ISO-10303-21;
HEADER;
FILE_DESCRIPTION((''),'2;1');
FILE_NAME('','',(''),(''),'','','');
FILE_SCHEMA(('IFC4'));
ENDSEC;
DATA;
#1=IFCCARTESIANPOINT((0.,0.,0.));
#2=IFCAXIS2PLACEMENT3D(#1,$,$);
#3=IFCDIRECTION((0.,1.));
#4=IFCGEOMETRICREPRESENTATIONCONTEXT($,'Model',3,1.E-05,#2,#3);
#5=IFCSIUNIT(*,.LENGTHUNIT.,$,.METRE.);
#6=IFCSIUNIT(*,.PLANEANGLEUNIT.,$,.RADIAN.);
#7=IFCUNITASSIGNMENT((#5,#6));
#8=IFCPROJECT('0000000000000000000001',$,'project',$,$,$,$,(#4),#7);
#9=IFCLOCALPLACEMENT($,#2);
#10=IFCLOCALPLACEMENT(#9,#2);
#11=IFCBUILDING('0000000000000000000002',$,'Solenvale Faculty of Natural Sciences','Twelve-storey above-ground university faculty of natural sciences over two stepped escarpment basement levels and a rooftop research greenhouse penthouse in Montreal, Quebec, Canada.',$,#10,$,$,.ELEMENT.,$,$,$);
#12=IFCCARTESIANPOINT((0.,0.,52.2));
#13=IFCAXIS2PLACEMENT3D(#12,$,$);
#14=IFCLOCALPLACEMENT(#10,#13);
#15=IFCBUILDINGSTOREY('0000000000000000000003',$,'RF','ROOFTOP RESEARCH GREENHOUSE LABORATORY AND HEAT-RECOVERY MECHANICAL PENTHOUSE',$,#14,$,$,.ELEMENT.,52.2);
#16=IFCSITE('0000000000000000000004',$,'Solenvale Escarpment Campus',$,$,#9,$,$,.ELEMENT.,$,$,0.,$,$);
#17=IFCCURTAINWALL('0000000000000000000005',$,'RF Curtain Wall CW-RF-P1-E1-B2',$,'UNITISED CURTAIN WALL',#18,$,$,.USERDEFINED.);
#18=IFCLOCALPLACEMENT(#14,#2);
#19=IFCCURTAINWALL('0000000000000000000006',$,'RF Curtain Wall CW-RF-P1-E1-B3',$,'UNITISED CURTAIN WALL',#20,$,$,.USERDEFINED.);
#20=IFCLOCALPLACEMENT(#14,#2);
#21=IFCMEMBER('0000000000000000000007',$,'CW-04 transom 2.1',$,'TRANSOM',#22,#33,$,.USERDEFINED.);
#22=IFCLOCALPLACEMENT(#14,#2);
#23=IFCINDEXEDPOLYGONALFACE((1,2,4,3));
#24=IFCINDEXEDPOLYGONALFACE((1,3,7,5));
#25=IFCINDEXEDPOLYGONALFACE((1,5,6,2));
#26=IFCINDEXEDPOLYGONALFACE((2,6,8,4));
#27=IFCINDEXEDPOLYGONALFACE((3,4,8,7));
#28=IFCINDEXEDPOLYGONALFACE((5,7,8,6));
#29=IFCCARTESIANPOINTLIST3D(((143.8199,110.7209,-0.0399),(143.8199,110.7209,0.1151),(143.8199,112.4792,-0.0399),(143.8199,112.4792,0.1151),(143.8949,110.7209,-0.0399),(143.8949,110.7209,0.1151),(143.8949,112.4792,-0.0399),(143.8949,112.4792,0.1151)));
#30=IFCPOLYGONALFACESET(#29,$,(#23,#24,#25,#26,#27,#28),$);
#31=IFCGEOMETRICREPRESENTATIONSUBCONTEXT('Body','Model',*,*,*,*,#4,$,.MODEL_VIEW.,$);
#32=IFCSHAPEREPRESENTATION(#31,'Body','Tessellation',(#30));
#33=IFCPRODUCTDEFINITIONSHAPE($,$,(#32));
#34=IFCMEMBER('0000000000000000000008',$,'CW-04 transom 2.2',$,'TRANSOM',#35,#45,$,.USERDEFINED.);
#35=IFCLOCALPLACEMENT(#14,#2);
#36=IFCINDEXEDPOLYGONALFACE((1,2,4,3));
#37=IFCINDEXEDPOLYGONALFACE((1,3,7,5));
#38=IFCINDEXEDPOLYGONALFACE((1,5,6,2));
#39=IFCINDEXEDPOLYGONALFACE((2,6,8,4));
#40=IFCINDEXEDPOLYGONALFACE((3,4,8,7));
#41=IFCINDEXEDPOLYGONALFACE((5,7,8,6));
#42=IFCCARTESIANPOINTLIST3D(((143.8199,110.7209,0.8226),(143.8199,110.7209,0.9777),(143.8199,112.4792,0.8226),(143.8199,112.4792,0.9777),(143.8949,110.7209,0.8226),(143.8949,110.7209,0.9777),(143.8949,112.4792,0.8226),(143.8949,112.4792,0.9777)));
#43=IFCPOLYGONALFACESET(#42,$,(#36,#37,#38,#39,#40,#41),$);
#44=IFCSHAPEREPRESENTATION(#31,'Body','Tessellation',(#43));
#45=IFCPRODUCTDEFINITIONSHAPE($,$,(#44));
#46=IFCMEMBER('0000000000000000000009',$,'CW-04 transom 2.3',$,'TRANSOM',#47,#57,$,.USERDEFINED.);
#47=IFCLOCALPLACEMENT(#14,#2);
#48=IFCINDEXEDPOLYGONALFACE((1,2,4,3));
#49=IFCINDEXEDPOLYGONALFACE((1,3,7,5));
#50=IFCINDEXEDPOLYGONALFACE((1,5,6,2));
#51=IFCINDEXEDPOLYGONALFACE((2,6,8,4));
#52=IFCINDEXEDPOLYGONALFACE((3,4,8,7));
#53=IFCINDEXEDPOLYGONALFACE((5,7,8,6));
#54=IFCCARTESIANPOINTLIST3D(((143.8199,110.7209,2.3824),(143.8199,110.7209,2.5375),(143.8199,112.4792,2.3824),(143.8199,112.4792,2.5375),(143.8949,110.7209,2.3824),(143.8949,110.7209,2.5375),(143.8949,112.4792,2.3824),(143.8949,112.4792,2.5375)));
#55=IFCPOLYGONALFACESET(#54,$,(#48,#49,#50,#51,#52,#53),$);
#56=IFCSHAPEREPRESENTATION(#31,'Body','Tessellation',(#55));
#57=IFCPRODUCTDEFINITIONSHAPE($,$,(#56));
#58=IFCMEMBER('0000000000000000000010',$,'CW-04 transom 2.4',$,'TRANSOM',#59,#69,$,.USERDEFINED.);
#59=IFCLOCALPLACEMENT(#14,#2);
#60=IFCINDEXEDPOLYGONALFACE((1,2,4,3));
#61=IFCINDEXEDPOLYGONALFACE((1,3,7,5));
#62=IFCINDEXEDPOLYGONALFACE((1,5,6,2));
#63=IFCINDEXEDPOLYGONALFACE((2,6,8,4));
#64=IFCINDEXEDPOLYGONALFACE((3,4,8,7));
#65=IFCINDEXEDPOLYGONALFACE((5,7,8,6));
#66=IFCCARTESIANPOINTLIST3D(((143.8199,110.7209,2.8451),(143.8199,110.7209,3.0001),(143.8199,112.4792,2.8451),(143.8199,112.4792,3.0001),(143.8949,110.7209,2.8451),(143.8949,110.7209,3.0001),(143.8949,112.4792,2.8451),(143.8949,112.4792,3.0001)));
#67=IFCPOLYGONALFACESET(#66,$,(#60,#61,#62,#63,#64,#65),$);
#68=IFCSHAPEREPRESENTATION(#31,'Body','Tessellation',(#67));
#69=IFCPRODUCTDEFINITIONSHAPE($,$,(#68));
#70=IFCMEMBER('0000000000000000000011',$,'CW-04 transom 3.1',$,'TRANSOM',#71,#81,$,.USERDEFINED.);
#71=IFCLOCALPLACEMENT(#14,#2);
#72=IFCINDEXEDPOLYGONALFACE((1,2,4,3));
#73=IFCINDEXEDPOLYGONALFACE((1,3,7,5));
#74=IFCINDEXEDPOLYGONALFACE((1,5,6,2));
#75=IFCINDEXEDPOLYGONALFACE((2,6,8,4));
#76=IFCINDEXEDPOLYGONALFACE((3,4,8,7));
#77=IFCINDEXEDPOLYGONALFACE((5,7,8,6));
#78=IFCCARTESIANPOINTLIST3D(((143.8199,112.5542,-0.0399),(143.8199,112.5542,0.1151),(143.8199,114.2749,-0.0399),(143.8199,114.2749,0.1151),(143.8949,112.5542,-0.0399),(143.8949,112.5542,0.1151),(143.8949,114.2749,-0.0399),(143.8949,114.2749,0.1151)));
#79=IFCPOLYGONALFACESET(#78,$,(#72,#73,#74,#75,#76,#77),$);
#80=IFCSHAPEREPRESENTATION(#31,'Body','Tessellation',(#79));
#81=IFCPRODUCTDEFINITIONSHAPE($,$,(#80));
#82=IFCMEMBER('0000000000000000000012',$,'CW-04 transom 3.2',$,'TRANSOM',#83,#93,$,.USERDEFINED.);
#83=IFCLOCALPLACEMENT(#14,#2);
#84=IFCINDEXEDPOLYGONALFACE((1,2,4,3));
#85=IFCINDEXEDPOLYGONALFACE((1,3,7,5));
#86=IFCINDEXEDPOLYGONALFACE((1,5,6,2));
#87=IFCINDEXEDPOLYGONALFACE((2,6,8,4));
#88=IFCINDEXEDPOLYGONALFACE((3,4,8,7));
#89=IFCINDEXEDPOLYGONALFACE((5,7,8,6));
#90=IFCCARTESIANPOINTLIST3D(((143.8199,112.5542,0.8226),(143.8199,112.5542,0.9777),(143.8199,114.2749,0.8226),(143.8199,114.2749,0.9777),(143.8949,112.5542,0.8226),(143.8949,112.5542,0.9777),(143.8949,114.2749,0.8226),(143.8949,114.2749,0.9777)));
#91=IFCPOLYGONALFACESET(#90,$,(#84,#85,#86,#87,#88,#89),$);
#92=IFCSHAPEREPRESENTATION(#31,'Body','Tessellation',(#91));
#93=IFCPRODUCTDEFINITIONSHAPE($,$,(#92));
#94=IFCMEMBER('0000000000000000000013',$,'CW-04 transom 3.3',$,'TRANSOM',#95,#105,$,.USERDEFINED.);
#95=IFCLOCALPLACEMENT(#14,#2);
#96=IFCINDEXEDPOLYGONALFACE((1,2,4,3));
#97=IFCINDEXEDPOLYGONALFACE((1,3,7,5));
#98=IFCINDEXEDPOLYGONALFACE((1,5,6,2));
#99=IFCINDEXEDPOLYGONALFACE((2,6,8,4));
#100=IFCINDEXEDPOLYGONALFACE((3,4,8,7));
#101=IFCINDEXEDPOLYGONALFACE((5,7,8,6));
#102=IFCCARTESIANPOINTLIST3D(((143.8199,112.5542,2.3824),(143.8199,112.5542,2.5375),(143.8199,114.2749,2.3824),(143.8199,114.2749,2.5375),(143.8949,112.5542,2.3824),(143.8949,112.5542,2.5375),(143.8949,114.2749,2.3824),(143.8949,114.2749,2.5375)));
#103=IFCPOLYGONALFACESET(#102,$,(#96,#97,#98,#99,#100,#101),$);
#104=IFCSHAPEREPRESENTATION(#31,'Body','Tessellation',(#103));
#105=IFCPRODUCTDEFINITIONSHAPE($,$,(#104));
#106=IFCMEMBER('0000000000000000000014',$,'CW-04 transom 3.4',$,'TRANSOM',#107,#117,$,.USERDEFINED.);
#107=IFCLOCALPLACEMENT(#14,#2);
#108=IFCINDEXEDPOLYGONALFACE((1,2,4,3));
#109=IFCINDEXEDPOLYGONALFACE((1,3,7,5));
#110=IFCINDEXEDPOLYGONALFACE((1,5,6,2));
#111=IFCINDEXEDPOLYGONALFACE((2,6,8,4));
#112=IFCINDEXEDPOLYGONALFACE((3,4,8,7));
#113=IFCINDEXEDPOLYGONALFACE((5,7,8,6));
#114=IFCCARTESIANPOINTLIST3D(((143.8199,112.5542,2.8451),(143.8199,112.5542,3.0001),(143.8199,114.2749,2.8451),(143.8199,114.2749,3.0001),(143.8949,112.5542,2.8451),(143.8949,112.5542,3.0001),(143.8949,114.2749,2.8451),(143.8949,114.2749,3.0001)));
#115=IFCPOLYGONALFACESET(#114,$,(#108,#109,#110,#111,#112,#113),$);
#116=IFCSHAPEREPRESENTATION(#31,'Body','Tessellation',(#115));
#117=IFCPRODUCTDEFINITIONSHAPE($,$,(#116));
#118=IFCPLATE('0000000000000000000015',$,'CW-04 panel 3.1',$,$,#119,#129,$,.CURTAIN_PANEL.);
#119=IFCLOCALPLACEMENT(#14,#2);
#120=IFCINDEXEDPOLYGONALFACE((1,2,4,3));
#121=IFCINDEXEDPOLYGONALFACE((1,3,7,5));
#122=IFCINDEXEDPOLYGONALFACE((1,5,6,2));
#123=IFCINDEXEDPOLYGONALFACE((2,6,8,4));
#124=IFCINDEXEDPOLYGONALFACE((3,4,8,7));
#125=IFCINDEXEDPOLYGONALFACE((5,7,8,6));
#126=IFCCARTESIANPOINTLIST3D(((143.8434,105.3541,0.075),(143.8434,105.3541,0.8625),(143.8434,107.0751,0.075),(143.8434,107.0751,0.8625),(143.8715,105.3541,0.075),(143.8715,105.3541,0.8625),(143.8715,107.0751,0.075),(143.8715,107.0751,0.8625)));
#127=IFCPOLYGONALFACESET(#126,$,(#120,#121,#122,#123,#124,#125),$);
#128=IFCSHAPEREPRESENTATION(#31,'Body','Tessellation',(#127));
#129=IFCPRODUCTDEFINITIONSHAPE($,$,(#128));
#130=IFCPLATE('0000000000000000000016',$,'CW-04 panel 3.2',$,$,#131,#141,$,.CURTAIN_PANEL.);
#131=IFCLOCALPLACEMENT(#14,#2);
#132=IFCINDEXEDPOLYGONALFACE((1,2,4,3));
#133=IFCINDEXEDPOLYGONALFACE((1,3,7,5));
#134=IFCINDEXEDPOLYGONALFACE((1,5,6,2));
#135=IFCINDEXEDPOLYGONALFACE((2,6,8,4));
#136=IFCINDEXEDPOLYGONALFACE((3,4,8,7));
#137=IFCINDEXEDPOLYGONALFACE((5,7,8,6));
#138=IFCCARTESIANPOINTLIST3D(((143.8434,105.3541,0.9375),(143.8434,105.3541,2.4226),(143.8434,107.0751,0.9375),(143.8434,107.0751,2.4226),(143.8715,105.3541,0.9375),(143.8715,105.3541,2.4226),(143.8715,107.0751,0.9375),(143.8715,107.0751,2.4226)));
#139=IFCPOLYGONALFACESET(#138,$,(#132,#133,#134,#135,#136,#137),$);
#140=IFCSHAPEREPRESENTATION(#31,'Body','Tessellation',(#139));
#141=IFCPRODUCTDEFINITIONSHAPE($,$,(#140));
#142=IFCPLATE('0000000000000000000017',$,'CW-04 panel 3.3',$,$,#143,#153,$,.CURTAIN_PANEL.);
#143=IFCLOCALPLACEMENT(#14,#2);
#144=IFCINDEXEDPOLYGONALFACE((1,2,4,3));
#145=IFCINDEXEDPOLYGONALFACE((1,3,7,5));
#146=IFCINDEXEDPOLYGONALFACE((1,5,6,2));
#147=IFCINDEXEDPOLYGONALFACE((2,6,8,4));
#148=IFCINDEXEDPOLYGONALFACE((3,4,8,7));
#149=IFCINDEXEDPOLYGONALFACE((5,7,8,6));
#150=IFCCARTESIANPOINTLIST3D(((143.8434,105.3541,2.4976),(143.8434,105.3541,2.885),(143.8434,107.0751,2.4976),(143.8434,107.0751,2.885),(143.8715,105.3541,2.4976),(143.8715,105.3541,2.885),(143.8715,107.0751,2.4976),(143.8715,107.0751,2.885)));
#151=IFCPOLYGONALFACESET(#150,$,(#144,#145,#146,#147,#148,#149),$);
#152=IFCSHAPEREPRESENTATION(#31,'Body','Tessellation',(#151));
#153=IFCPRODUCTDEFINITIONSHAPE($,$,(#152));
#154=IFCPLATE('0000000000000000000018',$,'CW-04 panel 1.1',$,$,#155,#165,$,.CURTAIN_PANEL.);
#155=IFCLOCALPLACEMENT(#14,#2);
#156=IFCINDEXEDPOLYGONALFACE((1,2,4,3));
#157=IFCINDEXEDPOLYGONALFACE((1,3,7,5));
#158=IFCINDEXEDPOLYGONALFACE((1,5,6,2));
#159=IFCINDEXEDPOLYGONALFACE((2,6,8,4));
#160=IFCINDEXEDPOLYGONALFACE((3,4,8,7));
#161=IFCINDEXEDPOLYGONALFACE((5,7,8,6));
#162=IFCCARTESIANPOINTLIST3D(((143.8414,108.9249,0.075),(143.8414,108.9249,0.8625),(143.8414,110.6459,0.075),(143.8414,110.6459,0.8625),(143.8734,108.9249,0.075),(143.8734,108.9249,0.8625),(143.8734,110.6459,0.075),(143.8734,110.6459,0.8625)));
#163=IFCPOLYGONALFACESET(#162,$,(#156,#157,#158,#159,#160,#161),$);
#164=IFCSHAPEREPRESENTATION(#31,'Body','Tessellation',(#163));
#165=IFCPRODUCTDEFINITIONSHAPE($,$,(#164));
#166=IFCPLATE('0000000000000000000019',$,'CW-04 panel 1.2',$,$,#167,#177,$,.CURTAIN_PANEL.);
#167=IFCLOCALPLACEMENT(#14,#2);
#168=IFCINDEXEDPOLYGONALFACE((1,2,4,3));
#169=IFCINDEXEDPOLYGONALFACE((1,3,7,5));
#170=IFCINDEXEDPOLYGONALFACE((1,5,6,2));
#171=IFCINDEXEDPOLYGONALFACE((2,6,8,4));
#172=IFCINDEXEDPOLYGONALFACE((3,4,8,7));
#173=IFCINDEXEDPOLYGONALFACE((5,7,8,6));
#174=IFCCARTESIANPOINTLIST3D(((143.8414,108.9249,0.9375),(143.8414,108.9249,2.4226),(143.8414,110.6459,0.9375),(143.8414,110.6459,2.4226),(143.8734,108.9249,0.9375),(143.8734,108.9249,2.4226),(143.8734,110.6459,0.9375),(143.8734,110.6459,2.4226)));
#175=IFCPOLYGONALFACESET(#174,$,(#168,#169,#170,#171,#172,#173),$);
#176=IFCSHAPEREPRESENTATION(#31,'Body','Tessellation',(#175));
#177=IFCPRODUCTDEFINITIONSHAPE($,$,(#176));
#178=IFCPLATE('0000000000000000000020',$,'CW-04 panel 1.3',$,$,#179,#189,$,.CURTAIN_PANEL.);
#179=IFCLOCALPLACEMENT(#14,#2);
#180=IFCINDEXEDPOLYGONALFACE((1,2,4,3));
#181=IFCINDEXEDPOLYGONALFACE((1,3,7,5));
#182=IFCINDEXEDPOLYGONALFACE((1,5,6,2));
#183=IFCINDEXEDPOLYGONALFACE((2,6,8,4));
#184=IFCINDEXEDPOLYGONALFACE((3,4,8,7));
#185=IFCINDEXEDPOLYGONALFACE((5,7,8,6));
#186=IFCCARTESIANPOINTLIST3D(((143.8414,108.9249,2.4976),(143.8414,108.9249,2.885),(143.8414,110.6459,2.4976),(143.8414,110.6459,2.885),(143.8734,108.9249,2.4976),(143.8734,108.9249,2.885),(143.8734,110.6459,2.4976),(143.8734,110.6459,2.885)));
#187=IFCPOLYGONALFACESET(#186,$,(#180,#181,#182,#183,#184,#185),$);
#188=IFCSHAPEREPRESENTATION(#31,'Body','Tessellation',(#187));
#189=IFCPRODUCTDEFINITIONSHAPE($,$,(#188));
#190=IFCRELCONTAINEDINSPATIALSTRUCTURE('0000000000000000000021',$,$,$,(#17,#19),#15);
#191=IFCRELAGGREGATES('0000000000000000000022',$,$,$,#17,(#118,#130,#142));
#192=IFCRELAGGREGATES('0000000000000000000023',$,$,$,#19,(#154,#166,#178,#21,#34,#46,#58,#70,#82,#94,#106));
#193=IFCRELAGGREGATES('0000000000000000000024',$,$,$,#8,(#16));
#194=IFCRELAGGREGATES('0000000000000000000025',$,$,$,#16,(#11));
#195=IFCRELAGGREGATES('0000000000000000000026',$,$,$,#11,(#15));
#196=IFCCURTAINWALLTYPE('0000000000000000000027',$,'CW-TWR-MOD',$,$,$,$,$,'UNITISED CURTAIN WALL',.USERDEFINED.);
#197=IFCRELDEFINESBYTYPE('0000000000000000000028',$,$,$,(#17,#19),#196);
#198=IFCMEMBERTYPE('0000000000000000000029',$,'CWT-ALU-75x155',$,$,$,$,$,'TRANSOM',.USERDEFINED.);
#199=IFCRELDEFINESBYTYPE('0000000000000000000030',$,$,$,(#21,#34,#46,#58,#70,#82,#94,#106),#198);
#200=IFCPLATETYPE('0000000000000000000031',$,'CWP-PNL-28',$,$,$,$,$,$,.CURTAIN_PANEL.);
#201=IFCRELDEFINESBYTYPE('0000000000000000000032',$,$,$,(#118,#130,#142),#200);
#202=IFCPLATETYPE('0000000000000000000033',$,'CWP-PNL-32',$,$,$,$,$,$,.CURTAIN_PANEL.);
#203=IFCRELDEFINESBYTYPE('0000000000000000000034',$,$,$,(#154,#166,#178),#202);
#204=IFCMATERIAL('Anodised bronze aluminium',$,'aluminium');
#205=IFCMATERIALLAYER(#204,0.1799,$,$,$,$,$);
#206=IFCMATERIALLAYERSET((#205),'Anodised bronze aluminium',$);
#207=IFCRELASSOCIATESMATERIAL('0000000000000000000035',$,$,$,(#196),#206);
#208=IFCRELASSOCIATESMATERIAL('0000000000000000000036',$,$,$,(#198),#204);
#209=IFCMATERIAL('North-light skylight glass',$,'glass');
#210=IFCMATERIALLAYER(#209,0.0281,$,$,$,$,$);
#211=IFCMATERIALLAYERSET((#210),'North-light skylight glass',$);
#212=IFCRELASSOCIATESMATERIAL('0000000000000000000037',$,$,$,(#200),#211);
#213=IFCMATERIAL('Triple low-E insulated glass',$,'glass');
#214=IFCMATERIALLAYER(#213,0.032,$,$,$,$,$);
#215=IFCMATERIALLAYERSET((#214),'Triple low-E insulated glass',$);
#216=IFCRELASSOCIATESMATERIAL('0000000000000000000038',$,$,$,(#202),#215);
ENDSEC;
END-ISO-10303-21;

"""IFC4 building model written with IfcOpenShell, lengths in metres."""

from ifc_helpers import new_model, si_unit, direction, frame, origin, origin_2d, place, context, subcontext, project, spatial, rectangle, extrude, material, layer, layer_set, material_profile, profile_set, type_object, element, aggregate, save


model = new_model("IFC4")

# Units and contexts
model_context = context("Model", 3, precision=1e-05, world=origin(), true_north=direction((0.0, 1.0)))
body_context = subcontext(model_context, "Body", "Model", "MODEL_VIEW")
ifc_project = project(units=[si_unit("LENGTHUNIT", "METRE"), si_unit("PLANEANGLEUNIT", "RADIAN")], contexts=[model_context])

# Site, building, storey
site_placement = place(None, origin())
site = spatial("IfcSite", under=ifc_project, at=site_placement, Name="Solenvale Escarpment Campus", CompositionType="ELEMENT", RefElevation=0.0)
building_placement = place(site_placement, origin())
building = spatial("IfcBuilding", under=site, at=building_placement, Name="Solenvale Faculty of Natural Sciences", Description="Twelve-storey above-ground university faculty of natural sciences over two stepped escarpment basement levels and a rooftop research greenhouse penthouse in Montreal, Quebec, Canada.", CompositionType="ELEMENT")
storey_placement = place(building_placement, frame((0.0, 0.0, 52.2)))
storey = spatial("IfcBuildingStorey", under=building, at=storey_placement, Name="RF", Description="ROOFTOP RESEARCH GREENHOUSE LABORATORY AND HEAT-RECOVERY MECHANICAL PENTHOUSE", CompositionType="ELEMENT", Elevation=52.2)

# Curtain wall
ifc_material_1 = material(Name="Anodised bronze aluminium", Category="aluminium")
ifc_layer_1 = layer(ifc_material_1, 0.1799)
ifc_layer_set_1 = layer_set([ifc_layer_1], Name="Anodised bronze aluminium")
curtain_wall_type = type_object("IfcCurtainWallType", Name="CW-TWR-MOD", ElementType="UNITISED CURTAIN WALL", PredefinedType="USERDEFINED", material=ifc_layer_set_1)
curtain_wall_1_placement = place(storey_placement, origin())
curtain_wall_1 = element("IfcCurtainWall", 1, at=curtain_wall_1_placement, inside=storey, type_object=curtain_wall_type, Name="RF Curtain Wall CW-RF-P1-E1-B2", ObjectType="UNITISED CURTAIN WALL", PredefinedType="USERDEFINED")

# Curtain wall
curtain_wall_2_placement = place(storey_placement, origin())
curtain_wall_2 = element("IfcCurtainWall", 2, at=curtain_wall_2_placement, inside=storey, type_object=curtain_wall_type, Name="RF Curtain Wall CW-RF-P1-E1-B3", ObjectType="UNITISED CURTAIN WALL", PredefinedType="USERDEFINED")

# Members
ifc_material_profile_1 = material_profile(ifc_material_1, rectangle(XDim=0.075, YDim=0.155, at=origin_2d()), Name="ALU-TRN-75x155")
ifc_profile_set_1 = profile_set([ifc_material_profile_1], Name="Anodised bronze aluminium")
member_type_1 = type_object("IfcMemberType", Name="CWT-ALU-75x155", ElementType="TRANSOM", PredefinedType="USERDEFINED", material=ifc_profile_set_1)
member_1_placement = place(storey_placement, frame((143.8574, 110.7209, 0.0376), z_axis=(0.0, 1.0, 0.0), x_axis=(-1.0, 0.0, 0.0)))
member_1 = element("IfcMember", 3, at=member_1_placement, type_object=member_type_1, Name="CW-04 transom 2.1", ObjectType="TRANSOM", PredefinedType="USERDEFINED", context=body_context, shape_type="SweptSolid", body=[
    extrude(rectangle(XDim=0.075, YDim=0.155, at=origin_2d()), origin(), (0.0, 0.0, 1.0), 1.7583),
])
member_2_placement = place(storey_placement, frame((143.8574, 110.7209, 0.9001), z_axis=(0.0, 1.0, 0.0), x_axis=(-1.0, 0.0, 0.0)))
member_2 = element("IfcMember", 4, at=member_2_placement, type_object=member_type_1, Name="CW-04 transom 2.2", ObjectType="TRANSOM", PredefinedType="USERDEFINED", context=body_context, shape_type="SweptSolid", body=[
    extrude(rectangle(XDim=0.075, YDim=0.155, at=origin_2d()), origin(), (0.0, 0.0, 1.0), 1.7583),
])
member_3_placement = place(storey_placement, frame((143.8574, 110.7209, 2.46), z_axis=(0.0, 1.0, 0.0), x_axis=(-1.0, 0.0, 0.0)))
member_3 = element("IfcMember", 5, at=member_3_placement, type_object=member_type_1, Name="CW-04 transom 2.3", ObjectType="TRANSOM", PredefinedType="USERDEFINED", context=body_context, shape_type="SweptSolid", body=[
    extrude(rectangle(XDim=0.075, YDim=0.155, at=origin_2d()), origin(), (0.0, 0.0, 1.0), 1.7583),
])
member_4_placement = place(storey_placement, frame((143.8574, 110.7209, 2.9226), z_axis=(0.0, 1.0, 0.0), x_axis=(-1.0, 0.0, 0.0)))
member_4 = element("IfcMember", 6, at=member_4_placement, type_object=member_type_1, Name="CW-04 transom 2.4", ObjectType="TRANSOM", PredefinedType="USERDEFINED", context=body_context, shape_type="SweptSolid", body=[
    extrude(rectangle(XDim=0.075, YDim=0.155, at=origin_2d()), origin(), (0.0, 0.0, 1.0), 1.7583),
])
member_5_placement = place(storey_placement, frame((143.8574, 112.5542, 0.0376), z_axis=(0.0, 1.0, 0.0), x_axis=(-1.0, 0.0, 0.0)))
member_5 = element("IfcMember", 7, at=member_5_placement, type_object=member_type_1, Name="CW-04 transom 3.1", ObjectType="TRANSOM", PredefinedType="USERDEFINED", context=body_context, shape_type="SweptSolid", body=[
    extrude(rectangle(XDim=0.075, YDim=0.155, at=origin_2d()), origin(), (0.0, 0.0, 1.0), 1.7207),
])
member_6_placement = place(storey_placement, frame((143.8574, 112.5542, 0.9001), z_axis=(0.0, 1.0, 0.0), x_axis=(-1.0, 0.0, 0.0)))
member_6 = element("IfcMember", 8, at=member_6_placement, type_object=member_type_1, Name="CW-04 transom 3.2", ObjectType="TRANSOM", PredefinedType="USERDEFINED", context=body_context, shape_type="SweptSolid", body=[
    extrude(rectangle(XDim=0.075, YDim=0.155, at=origin_2d()), origin(), (0.0, 0.0, 1.0), 1.7207),
])
member_7_placement = place(storey_placement, frame((143.8574, 112.5542, 2.46), z_axis=(0.0, 1.0, 0.0), x_axis=(-1.0, 0.0, 0.0)))
member_7 = element("IfcMember", 9, at=member_7_placement, type_object=member_type_1, Name="CW-04 transom 3.3", ObjectType="TRANSOM", PredefinedType="USERDEFINED", context=body_context, shape_type="SweptSolid", body=[
    extrude(rectangle(XDim=0.075, YDim=0.155, at=origin_2d()), origin(), (0.0, 0.0, 1.0), 1.7207),
])
member_8_placement = place(storey_placement, frame((143.8574, 112.5542, 2.9226), z_axis=(0.0, 1.0, 0.0), x_axis=(-1.0, 0.0, 0.0)))
member_8 = element("IfcMember", 10, at=member_8_placement, type_object=member_type_1, Name="CW-04 transom 3.4", ObjectType="TRANSOM", PredefinedType="USERDEFINED", context=body_context, shape_type="SweptSolid", body=[
    extrude(rectangle(XDim=0.075, YDim=0.155, at=origin_2d()), origin(), (0.0, 0.0, 1.0), 1.7207),
])

# Plates
ifc_material_2 = material(Name="North-light skylight glass", Category="glass")
ifc_layer_2 = layer(ifc_material_2, 0.0281)
ifc_layer_set_2 = layer_set([ifc_layer_2], Name="North-light skylight glass")
plate_type_1 = type_object("IfcPlateType", Name="CWP-PNL-28", PredefinedType="CURTAIN_PANEL", material=ifc_layer_set_2)
plate_1_placement = place(storey_placement, frame((143.8574, 106.2146, 0.075), z_axis=(0.0, 0.0, 1.0), x_axis=(0.0, 1.0, 0.0)))
plate_1 = element("IfcPlate", 11, at=plate_1_placement, type_object=plate_type_1, Name="CW-04 panel 3.1", PredefinedType="CURTAIN_PANEL", context=body_context, shape_type="SweptSolid", body=[
    extrude(rectangle(XDim=1.7209, YDim=0.0281, at=origin_2d()), origin(), (0.0, 0.0, 1.0), 0.7876),
])
plate_2_placement = place(storey_placement, frame((143.8574, 106.2146, 0.9375), z_axis=(0.0, 0.0, 1.0), x_axis=(0.0, 1.0, 0.0)))
plate_2 = element("IfcPlate", 12, at=plate_2_placement, type_object=plate_type_1, Name="CW-04 panel 3.2", PredefinedType="CURTAIN_PANEL", context=body_context, shape_type="SweptSolid", body=[
    extrude(rectangle(XDim=1.7209, YDim=0.0281, at=origin_2d()), origin(), (0.0, 0.0, 1.0), 1.4851),
])
plate_3_placement = place(storey_placement, frame((143.8574, 106.2146, 2.4976), z_axis=(0.0, 0.0, 1.0), x_axis=(0.0, 1.0, 0.0)))
plate_3 = element("IfcPlate", 13, at=plate_3_placement, type_object=plate_type_1, Name="CW-04 panel 3.3", PredefinedType="CURTAIN_PANEL", context=body_context, shape_type="SweptSolid", body=[
    extrude(rectangle(XDim=1.7209, YDim=0.0281, at=origin_2d()), origin(), (0.0, 0.0, 1.0), 0.3875),
])
aggregate(curtain_wall_1, [plate_1, plate_2, plate_3])
ifc_material_3 = material(Name="Triple low-E insulated glass", Category="glass")
ifc_layer_3 = layer(ifc_material_3, 0.032)
ifc_layer_set_3 = layer_set([ifc_layer_3], Name="Triple low-E insulated glass")
plate_type_2 = type_object("IfcPlateType", Name="CWP-PNL-32", PredefinedType="CURTAIN_PANEL", material=ifc_layer_set_3)
plate_4_placement = place(storey_placement, frame((143.8574, 109.7854, 0.075), z_axis=(0.0, 0.0, 1.0), x_axis=(0.0, 1.0, 0.0)))
plate_4 = element("IfcPlate", 14, at=plate_4_placement, type_object=plate_type_2, Name="CW-04 panel 1.1", PredefinedType="CURTAIN_PANEL", context=body_context, shape_type="SweptSolid", body=[
    extrude(rectangle(XDim=1.7209, YDim=0.032, at=origin_2d()), origin(), (0.0, 0.0, 1.0), 0.7876),
])
plate_5_placement = place(storey_placement, frame((143.8574, 109.7854, 0.9375), z_axis=(0.0, 0.0, 1.0), x_axis=(0.0, 1.0, 0.0)))
plate_5 = element("IfcPlate", 15, at=plate_5_placement, type_object=plate_type_2, Name="CW-04 panel 1.2", PredefinedType="CURTAIN_PANEL", context=body_context, shape_type="SweptSolid", body=[
    extrude(rectangle(XDim=1.7209, YDim=0.032, at=origin_2d()), origin(), (0.0, 0.0, 1.0), 1.4851),
])
plate_6_placement = place(storey_placement, frame((143.8574, 109.7854, 2.4976), z_axis=(0.0, 0.0, 1.0), x_axis=(0.0, 1.0, 0.0)))
plate_6 = element("IfcPlate", 16, at=plate_6_placement, type_object=plate_type_2, Name="CW-04 panel 1.3", PredefinedType="CURTAIN_PANEL", context=body_context, shape_type="SweptSolid", body=[
    extrude(rectangle(XDim=1.7209, YDim=0.032, at=origin_2d()), origin(), (0.0, 0.0, 1.0), 0.3875),
])
aggregate(curtain_wall_2, [plate_4, plate_5, plate_6, member_1, member_2, member_3, member_4, member_5, member_6, member_7, member_8])

save(model, "model.ifc")
